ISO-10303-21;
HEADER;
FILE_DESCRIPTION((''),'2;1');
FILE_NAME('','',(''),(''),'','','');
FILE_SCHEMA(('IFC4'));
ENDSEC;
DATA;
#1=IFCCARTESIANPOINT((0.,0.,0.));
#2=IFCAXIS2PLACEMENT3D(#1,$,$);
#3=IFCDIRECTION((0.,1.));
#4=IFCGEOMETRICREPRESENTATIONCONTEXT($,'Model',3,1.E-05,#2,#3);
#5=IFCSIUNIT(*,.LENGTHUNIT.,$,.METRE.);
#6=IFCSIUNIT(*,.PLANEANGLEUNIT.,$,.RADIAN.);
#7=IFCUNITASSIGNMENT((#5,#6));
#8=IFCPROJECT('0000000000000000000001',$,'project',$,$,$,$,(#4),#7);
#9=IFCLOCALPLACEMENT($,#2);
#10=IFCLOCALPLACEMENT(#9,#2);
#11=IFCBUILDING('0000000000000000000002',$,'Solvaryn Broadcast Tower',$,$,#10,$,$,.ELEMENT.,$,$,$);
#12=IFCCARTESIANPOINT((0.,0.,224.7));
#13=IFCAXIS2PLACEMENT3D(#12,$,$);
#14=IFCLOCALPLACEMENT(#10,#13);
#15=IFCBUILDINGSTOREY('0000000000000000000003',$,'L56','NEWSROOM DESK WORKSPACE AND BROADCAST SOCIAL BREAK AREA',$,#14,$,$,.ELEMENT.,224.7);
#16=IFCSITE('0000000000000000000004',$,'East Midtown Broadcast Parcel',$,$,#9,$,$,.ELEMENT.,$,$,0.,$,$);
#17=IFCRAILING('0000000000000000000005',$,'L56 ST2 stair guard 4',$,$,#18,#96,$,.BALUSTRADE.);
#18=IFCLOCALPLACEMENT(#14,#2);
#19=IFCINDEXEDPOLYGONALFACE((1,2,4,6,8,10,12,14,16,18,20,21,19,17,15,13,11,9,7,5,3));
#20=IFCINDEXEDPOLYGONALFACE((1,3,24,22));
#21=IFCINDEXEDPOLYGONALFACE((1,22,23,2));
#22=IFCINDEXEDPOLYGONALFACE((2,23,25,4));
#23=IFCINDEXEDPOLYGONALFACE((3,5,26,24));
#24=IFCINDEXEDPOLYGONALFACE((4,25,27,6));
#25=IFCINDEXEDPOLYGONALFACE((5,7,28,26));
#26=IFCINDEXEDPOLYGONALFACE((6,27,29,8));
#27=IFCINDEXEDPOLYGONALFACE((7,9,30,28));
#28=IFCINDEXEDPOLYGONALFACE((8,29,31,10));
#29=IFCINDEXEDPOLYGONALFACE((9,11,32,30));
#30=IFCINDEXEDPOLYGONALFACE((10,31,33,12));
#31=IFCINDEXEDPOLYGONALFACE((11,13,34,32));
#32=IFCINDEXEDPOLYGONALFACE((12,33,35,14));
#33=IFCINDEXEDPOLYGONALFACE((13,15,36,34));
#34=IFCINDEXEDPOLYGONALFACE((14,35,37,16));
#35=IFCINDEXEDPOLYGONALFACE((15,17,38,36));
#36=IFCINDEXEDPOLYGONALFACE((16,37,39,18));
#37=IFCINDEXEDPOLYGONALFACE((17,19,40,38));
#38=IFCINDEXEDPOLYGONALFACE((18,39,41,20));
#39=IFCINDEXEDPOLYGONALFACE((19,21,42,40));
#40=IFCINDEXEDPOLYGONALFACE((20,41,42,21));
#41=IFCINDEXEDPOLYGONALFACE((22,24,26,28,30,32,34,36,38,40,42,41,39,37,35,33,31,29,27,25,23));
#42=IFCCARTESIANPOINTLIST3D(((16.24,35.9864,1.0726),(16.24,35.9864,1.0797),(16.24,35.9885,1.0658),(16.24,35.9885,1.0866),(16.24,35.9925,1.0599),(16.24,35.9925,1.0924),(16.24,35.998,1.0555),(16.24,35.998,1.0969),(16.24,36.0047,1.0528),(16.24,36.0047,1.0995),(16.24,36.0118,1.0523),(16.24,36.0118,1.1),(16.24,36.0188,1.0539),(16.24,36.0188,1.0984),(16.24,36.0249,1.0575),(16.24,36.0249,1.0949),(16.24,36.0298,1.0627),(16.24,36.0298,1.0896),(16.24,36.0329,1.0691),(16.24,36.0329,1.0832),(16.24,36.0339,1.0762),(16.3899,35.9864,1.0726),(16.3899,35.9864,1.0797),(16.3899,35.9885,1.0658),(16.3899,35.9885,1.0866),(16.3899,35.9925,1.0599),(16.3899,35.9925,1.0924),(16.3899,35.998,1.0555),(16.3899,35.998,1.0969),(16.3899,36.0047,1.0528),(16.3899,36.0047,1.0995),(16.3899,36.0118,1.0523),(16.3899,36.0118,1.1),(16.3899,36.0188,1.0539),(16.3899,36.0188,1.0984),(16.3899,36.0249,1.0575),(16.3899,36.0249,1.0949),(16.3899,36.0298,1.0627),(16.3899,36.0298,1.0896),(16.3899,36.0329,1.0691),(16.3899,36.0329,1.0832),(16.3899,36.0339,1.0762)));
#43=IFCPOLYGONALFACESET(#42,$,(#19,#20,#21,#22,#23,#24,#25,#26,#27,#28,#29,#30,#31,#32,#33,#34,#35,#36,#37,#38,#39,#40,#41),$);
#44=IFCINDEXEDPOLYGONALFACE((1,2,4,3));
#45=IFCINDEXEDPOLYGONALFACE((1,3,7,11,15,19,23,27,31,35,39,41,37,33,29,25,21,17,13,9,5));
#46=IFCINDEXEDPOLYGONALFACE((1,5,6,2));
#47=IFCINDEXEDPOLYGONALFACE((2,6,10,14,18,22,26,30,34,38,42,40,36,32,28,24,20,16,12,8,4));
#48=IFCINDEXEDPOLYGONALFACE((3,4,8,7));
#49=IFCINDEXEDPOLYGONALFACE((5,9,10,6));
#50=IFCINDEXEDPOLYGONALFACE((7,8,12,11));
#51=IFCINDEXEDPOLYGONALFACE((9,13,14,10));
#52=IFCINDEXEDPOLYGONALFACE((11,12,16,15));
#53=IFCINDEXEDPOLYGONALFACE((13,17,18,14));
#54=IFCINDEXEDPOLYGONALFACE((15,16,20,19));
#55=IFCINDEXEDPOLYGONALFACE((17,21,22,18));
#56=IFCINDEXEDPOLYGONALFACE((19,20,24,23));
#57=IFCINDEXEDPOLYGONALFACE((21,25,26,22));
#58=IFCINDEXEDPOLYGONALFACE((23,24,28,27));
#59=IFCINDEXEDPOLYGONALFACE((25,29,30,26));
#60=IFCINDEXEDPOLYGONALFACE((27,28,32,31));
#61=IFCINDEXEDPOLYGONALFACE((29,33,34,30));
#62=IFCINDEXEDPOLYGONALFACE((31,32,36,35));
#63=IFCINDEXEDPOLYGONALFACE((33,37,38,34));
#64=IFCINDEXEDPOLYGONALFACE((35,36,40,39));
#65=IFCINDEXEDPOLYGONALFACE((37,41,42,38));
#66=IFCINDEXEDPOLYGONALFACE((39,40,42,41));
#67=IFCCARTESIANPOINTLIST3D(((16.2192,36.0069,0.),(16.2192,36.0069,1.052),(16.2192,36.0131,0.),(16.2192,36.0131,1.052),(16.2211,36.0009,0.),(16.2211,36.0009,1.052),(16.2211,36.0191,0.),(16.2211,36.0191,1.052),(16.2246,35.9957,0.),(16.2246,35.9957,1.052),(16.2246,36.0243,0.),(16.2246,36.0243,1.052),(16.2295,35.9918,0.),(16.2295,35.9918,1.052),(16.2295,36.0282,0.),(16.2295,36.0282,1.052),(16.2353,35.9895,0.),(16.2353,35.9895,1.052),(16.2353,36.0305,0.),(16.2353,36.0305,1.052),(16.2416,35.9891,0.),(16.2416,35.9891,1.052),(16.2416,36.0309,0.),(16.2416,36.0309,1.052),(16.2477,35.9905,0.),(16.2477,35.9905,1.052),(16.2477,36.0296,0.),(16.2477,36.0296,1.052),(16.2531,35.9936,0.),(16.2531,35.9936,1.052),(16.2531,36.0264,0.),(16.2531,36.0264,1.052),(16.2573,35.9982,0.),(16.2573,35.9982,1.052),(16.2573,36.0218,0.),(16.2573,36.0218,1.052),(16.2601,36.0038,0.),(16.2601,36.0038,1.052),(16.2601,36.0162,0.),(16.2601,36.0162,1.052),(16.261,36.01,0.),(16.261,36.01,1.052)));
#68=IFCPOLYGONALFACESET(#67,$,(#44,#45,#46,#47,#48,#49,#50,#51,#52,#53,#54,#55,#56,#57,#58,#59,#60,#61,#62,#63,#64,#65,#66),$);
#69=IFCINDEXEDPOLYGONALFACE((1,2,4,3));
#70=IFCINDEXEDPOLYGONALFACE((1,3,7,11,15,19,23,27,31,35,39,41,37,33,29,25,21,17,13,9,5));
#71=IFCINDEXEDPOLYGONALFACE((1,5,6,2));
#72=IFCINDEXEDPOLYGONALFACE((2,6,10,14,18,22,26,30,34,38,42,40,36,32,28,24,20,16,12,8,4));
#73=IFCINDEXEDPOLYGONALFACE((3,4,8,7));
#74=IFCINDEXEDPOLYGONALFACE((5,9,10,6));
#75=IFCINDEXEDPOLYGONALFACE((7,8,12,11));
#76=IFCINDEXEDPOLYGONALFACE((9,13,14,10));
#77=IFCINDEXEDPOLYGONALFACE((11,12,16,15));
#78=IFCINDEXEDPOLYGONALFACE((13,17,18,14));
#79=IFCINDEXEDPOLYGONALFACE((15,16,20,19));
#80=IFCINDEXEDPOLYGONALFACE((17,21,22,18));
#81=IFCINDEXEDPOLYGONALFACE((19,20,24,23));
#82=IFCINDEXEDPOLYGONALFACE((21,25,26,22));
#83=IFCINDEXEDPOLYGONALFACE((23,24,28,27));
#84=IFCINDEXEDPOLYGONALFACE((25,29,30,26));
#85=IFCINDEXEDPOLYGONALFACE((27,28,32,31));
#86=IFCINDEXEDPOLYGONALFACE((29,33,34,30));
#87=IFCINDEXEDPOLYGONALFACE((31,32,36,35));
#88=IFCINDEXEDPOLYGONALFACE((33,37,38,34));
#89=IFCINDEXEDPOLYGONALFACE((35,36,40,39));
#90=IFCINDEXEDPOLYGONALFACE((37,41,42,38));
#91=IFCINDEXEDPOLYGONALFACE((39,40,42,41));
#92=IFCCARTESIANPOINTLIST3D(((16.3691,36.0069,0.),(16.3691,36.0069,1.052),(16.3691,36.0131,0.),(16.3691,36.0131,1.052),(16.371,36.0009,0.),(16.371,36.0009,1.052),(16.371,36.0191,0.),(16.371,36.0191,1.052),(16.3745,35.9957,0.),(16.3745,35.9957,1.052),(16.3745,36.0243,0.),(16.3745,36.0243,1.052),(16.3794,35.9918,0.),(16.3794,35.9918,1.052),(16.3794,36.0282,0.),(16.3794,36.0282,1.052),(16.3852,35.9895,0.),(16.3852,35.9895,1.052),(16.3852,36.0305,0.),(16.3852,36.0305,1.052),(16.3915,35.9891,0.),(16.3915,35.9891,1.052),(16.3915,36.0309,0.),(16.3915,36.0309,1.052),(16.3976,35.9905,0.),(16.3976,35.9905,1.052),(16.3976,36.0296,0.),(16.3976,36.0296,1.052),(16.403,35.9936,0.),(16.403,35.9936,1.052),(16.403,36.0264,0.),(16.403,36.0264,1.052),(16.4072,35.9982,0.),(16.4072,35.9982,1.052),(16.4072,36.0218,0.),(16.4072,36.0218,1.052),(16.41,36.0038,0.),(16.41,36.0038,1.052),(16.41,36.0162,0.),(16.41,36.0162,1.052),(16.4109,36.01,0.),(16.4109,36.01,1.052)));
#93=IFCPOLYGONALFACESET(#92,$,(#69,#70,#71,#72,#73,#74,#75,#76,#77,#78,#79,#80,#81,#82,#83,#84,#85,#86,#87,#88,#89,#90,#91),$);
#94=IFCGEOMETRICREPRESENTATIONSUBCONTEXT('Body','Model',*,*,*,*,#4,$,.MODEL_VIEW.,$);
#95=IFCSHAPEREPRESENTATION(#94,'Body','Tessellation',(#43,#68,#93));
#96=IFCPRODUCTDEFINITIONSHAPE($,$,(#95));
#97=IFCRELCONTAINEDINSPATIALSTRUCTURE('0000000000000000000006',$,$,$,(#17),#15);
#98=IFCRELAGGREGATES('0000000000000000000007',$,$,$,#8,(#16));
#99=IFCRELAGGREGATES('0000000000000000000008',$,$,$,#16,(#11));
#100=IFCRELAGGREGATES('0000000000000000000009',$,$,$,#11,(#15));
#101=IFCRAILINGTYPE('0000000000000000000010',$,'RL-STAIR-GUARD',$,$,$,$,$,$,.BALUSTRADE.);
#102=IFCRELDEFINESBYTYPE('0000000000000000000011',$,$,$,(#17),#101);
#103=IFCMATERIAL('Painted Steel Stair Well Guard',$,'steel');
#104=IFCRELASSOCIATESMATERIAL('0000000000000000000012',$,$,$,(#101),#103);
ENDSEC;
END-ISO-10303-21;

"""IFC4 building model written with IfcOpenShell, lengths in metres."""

from ifc_helpers import new_model, si_unit, direction, frame, origin, origin_2d, place, context, subcontext, project, spatial, circle, extrude, material, type_object, element, save


model = new_model("IFC4")

# Units and contexts
model_context = context("Model", 3, precision=1e-05, world=origin(), true_north=direction((0.0, 1.0)))
body_context = subcontext(model_context, "Body", "Model", "MODEL_VIEW")
ifc_project = project(units=[si_unit("LENGTHUNIT", "METRE"), si_unit("PLANEANGLEUNIT", "RADIAN")], contexts=[model_context])

# Site, building, storey
site_placement = place(None, origin())
site = spatial("IfcSite", under=ifc_project, at=site_placement, Name="East Midtown Broadcast Parcel", CompositionType="ELEMENT", RefElevation=0.0)
building_placement = place(site_placement, origin())
building = spatial("IfcBuilding", under=site, at=building_placement, Name="Solvaryn Broadcast Tower", CompositionType="ELEMENT")
storey_placement = place(building_placement, frame((0.0, 0.0, 224.7)))
storey = spatial("IfcBuildingStorey", under=building, at=storey_placement, Name="L56", Description="NEWSROOM DESK WORKSPACE AND BROADCAST SOCIAL BREAK AREA", CompositionType="ELEMENT", Elevation=224.7)

# Railing
ifc_material_1 = material(Name="Painted Steel Stair Well Guard", Category="steel")
railing_type_1 = type_object("IfcRailingType", Name="RL-STAIR-GUARD", PredefinedType="BALUSTRADE", material=ifc_material_1)
railing_1_placement = place(storey_placement, frame((16.24, 36.01, 0.0)))
element("IfcRailing", 1, at=railing_1_placement, inside=storey, type_object=railing_type_1, Name="L56 ST2 stair guard 4", PredefinedType="BALUSTRADE", context=body_context, shape_type="SweptSolid", body=[
    extrude(circle(Radius=0.0239, at=origin_2d()), frame((0.0, 0.0, 1.0762), z_axis=(1.0, 0.0, 0.0), x_axis=(0.0, 1.0, 0.0)), (0.0, 0.0, 1.0), 0.1499),
    extrude(circle(Radius=0.021, at=origin_2d()), origin(), (0.0, 0.0, 1.0), 1.052),
    extrude(circle(Radius=0.021, at=origin_2d()), frame((0.1499, 0.0, 0.0)), (0.0, 0.0, 1.0), 1.052),
])

save(model, "model.ifc")
